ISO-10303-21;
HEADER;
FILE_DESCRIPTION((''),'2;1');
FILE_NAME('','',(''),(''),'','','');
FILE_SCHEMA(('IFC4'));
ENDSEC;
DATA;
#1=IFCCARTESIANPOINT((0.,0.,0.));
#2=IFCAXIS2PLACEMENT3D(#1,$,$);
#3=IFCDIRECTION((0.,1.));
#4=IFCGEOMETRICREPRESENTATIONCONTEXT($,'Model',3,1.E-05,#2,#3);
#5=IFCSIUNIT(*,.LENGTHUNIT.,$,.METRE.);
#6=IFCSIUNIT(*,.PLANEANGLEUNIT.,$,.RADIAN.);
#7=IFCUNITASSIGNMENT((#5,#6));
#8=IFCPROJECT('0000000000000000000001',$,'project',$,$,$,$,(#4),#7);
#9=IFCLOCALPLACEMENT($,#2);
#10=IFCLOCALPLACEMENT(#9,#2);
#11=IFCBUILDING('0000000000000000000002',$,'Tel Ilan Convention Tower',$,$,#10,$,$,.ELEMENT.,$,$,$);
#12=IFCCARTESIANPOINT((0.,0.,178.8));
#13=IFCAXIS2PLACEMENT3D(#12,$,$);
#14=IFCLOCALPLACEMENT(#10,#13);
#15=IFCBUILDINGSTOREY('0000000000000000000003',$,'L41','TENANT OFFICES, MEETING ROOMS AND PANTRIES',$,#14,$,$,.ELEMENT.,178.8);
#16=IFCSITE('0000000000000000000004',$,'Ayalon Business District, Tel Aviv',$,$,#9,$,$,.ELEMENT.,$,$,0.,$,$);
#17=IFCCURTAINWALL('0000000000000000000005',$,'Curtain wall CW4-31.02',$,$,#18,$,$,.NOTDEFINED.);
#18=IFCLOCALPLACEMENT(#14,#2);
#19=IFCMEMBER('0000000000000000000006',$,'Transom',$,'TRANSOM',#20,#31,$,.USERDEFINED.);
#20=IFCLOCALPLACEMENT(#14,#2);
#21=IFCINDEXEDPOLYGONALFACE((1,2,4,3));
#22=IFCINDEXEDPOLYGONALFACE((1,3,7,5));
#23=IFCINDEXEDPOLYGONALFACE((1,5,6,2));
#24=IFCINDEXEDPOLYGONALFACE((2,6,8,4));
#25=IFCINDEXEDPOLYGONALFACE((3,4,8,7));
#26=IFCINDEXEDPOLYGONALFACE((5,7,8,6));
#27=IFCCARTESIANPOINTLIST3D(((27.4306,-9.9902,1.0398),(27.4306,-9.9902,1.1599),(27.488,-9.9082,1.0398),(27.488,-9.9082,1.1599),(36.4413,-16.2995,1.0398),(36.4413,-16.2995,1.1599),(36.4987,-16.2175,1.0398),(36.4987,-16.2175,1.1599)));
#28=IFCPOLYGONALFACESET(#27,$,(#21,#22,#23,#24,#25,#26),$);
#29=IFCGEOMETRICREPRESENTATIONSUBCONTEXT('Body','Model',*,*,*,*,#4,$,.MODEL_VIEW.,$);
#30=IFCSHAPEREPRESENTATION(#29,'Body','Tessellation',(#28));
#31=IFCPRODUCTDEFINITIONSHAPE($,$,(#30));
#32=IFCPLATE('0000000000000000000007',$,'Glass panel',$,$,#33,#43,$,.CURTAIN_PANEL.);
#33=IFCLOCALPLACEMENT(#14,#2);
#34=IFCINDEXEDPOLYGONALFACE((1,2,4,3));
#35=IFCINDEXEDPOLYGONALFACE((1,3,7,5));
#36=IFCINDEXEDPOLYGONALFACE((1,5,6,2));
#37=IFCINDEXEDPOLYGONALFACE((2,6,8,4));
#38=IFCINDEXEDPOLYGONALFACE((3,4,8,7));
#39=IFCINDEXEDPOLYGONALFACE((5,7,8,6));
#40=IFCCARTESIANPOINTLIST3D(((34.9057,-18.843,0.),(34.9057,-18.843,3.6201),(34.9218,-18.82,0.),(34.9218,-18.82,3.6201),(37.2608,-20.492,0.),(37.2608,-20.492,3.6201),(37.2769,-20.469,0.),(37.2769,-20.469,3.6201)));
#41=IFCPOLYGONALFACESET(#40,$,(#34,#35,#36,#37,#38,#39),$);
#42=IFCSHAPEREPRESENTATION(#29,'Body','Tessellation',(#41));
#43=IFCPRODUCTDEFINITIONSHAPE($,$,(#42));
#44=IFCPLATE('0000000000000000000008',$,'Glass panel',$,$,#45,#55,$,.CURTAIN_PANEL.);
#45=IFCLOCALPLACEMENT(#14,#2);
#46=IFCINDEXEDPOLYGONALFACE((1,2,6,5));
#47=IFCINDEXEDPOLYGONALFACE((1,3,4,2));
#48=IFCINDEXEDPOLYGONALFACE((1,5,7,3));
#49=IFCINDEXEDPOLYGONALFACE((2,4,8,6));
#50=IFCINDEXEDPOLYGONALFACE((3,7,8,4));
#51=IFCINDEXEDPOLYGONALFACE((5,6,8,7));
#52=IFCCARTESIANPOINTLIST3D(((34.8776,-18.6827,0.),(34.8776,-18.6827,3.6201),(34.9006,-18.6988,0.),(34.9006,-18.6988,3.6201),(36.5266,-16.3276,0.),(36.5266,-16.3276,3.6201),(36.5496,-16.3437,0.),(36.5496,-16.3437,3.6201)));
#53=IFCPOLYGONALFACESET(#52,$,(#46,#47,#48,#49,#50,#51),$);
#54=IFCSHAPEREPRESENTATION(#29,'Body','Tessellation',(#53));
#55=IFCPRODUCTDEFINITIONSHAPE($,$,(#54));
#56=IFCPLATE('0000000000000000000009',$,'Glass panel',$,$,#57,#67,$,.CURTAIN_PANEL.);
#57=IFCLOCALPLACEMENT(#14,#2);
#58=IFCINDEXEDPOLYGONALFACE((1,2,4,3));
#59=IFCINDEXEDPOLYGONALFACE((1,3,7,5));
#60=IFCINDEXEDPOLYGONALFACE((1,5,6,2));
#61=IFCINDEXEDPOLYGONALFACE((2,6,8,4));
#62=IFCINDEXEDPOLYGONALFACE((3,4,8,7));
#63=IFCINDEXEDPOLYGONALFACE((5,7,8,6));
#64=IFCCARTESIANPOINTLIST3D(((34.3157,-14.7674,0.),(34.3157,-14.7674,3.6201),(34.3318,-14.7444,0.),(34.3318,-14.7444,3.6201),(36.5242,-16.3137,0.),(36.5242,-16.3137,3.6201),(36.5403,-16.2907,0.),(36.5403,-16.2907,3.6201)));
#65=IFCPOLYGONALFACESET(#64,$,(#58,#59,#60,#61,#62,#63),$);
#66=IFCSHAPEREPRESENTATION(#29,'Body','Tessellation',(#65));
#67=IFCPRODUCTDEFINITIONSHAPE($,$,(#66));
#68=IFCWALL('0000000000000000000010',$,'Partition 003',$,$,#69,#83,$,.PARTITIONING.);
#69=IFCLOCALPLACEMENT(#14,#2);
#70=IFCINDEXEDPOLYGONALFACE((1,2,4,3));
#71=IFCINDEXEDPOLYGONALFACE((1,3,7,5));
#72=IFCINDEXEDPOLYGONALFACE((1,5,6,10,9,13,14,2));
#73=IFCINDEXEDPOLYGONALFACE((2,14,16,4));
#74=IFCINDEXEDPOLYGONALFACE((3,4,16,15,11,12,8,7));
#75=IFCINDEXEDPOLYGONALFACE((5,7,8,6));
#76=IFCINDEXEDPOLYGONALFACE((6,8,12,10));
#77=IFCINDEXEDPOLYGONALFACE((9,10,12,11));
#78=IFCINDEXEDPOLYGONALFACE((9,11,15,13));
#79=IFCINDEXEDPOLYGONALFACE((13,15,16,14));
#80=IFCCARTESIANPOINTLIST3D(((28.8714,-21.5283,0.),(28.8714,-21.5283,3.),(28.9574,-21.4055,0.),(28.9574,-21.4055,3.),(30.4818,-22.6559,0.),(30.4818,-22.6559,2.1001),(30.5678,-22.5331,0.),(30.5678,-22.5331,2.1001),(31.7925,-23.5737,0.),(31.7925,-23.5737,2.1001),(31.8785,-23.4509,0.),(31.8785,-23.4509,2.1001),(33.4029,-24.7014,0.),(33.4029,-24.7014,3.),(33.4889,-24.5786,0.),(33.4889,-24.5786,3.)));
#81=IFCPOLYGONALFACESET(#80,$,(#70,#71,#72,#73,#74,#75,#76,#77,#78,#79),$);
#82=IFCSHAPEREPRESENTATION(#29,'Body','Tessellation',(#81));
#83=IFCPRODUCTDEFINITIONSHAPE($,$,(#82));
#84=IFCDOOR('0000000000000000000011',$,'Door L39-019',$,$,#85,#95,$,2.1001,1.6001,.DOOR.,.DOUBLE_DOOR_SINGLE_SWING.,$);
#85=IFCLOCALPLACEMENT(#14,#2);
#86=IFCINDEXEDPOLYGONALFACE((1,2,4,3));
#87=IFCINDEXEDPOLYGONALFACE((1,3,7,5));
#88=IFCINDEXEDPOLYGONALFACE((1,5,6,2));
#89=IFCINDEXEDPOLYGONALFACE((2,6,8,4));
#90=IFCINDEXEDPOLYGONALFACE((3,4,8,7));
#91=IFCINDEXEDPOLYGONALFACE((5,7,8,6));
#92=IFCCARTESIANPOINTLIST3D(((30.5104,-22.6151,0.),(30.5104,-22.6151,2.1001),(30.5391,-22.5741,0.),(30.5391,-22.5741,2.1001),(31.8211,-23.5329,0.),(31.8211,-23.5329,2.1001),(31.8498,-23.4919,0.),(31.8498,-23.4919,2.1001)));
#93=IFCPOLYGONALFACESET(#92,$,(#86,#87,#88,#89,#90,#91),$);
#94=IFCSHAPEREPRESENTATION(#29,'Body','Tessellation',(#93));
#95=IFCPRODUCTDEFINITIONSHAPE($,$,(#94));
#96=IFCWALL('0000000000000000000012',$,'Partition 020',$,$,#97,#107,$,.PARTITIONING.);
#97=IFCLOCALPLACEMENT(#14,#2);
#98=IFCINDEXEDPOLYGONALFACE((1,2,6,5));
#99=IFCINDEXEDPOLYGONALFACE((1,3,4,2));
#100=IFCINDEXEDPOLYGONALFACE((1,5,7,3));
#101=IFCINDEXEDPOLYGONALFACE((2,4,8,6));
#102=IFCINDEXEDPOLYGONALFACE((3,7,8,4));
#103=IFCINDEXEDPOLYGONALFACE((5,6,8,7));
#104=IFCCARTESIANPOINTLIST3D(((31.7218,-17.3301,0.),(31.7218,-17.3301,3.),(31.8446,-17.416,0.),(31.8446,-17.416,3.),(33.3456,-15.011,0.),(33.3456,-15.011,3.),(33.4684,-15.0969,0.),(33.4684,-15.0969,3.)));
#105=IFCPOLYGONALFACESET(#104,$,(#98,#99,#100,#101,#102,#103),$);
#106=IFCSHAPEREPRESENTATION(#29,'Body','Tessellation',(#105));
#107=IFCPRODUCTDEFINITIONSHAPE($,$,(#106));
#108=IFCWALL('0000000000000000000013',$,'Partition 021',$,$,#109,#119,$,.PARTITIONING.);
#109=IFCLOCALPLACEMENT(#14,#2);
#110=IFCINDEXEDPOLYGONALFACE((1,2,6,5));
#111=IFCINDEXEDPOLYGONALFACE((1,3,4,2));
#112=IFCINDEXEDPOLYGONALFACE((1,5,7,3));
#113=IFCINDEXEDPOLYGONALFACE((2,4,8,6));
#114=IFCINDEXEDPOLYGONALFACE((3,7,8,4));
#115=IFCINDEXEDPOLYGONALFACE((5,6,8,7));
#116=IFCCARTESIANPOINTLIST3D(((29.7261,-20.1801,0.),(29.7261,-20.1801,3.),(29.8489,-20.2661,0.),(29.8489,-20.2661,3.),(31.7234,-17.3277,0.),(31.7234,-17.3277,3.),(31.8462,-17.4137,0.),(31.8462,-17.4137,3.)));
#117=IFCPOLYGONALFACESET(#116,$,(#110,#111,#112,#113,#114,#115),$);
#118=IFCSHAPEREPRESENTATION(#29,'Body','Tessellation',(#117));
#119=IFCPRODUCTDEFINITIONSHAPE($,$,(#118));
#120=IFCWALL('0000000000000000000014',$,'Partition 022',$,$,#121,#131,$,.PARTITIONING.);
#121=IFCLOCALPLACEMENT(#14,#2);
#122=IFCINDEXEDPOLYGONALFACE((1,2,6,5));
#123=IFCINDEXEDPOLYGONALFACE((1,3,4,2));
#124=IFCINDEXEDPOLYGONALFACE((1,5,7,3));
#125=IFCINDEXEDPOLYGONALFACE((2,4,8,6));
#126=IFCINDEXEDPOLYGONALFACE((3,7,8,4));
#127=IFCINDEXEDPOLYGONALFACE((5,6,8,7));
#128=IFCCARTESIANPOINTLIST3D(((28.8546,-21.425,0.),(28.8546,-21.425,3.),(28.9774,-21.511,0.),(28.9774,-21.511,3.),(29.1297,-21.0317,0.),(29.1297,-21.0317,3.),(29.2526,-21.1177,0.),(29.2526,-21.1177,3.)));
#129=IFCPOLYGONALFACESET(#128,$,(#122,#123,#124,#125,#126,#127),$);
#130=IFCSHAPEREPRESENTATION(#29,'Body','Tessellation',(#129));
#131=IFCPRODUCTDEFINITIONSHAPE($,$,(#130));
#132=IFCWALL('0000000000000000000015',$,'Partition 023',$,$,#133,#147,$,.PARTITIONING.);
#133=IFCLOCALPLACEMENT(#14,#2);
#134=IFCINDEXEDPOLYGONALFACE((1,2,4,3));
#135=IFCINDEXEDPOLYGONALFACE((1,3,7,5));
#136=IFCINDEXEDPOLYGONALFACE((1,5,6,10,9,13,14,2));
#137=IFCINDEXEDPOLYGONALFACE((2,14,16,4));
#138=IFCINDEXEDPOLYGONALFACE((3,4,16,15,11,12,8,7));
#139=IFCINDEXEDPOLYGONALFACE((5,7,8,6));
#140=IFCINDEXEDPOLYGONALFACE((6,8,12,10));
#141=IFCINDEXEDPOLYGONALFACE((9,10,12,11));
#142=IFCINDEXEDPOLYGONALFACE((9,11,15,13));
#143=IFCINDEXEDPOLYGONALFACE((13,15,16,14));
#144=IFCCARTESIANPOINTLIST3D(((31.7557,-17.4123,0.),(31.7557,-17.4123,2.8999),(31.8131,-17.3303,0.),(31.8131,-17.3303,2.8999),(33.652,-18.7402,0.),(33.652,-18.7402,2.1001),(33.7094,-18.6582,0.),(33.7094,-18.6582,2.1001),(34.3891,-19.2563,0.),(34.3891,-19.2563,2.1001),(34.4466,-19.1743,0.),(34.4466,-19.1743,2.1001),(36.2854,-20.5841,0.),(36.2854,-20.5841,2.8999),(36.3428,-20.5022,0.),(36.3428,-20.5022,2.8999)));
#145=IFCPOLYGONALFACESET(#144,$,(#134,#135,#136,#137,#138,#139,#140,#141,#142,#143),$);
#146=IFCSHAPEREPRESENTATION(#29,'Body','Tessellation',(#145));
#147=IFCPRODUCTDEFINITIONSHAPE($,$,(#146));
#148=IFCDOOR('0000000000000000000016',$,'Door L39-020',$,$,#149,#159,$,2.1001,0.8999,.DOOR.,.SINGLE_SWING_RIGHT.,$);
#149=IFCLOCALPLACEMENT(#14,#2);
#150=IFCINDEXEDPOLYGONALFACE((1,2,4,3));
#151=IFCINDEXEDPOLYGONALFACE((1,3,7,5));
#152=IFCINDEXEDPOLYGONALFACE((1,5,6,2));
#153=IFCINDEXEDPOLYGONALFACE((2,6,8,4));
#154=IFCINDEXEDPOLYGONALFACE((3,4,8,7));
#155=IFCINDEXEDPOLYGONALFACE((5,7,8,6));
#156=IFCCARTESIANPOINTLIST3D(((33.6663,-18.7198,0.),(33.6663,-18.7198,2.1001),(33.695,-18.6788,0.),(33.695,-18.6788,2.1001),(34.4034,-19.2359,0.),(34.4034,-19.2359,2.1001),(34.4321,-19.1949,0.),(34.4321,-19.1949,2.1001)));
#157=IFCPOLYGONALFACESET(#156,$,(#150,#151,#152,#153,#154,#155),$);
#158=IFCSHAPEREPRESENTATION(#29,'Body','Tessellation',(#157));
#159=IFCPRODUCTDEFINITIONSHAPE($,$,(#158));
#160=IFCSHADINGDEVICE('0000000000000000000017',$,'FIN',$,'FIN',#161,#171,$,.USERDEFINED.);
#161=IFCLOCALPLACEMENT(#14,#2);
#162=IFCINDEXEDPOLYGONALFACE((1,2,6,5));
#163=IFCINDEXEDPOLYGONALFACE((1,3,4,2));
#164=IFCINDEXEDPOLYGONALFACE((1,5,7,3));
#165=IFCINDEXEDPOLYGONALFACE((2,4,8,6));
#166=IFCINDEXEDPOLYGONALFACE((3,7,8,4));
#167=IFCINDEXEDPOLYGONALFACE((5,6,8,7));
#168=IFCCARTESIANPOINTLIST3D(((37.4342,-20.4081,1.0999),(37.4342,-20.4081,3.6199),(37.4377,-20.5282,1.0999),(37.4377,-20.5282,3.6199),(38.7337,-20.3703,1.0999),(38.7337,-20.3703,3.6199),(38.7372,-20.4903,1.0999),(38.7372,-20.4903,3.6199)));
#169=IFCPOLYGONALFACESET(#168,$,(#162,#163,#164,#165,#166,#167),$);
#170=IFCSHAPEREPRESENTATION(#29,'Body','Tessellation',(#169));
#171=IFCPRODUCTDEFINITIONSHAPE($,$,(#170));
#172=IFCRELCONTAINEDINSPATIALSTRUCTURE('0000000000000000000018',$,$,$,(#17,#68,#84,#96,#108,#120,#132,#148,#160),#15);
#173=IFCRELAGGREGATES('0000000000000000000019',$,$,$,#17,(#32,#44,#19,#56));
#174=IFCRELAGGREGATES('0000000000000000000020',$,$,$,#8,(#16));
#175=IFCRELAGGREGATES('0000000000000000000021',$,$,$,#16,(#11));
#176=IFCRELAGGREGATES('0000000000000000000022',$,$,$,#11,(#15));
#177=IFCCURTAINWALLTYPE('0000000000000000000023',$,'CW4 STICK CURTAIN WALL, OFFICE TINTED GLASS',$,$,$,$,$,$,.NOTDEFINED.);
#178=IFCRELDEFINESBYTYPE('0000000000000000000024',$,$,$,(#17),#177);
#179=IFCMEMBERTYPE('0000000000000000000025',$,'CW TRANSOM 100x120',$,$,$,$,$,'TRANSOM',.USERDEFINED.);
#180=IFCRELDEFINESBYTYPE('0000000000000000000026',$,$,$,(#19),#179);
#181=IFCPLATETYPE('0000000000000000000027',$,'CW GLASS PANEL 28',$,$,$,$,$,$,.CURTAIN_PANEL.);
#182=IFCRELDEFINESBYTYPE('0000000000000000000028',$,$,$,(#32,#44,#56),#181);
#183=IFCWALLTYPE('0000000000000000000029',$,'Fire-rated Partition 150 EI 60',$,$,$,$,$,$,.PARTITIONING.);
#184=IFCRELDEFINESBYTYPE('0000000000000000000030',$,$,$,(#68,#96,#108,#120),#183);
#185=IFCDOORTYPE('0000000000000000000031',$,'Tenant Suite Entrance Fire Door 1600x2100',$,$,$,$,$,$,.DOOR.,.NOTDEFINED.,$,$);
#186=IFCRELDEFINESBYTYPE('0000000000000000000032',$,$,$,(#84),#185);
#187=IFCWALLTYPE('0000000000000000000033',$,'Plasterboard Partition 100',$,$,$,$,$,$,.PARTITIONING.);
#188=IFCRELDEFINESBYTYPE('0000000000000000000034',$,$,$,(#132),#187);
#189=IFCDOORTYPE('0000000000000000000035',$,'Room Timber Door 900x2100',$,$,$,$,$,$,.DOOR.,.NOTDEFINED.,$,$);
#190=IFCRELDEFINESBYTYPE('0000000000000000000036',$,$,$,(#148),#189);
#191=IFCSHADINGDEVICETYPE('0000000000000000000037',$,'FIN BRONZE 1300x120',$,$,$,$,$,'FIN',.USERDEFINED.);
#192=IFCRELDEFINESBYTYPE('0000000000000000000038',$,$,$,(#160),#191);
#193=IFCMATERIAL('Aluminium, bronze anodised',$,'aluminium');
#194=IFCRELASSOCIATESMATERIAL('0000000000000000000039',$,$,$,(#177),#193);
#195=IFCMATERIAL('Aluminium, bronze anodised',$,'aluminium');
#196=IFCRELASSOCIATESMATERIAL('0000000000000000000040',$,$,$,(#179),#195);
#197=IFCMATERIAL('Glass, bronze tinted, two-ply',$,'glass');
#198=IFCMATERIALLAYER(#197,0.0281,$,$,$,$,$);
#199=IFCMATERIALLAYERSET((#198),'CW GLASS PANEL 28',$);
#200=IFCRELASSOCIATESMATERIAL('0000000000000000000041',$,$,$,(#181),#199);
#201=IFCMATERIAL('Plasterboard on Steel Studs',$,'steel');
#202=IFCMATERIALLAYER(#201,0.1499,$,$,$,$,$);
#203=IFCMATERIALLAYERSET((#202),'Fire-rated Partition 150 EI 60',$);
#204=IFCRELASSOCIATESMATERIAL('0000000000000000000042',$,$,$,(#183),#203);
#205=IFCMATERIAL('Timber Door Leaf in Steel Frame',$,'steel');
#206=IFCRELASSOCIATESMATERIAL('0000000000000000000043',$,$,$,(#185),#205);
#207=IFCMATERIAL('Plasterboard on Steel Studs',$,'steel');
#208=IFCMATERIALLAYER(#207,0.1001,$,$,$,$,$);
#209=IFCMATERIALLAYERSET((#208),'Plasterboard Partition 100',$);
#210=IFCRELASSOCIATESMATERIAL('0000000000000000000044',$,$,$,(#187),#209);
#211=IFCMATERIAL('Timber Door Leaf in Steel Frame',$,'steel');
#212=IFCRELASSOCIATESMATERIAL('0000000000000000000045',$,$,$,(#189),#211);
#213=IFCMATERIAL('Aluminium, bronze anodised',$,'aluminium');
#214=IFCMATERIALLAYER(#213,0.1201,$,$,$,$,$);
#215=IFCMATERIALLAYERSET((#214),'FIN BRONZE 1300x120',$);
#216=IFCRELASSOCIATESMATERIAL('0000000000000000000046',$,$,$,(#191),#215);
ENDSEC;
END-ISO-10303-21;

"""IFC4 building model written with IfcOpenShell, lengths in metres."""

from ifc_helpers import new_model, si_unit, direction, frame, frame_2d, origin, origin_2d, place, context, subcontext, project, spatial, rectangle, extrude, material, layer, layer_set, material_profile, profile_set, type_object, element, fill, aggregate, save


model = new_model("IFC4")

# Units and contexts
model_context = context("Model", 3, precision=1e-05, world=origin(), true_north=direction((0.0, 1.0)))
body_context = subcontext(model_context, "Body", "Model", "MODEL_VIEW")
ifc_project = project(units=[si_unit("LENGTHUNIT", "METRE"), si_unit("PLANEANGLEUNIT", "RADIAN")], contexts=[model_context])

# Site, building, storey
site_placement = place(None, origin())
site = spatial("IfcSite", under=ifc_project, at=site_placement, Name="Ayalon Business District, Tel Aviv", CompositionType="ELEMENT", RefElevation=0.0)
building_placement = place(site_placement, origin())
building = spatial("IfcBuilding", under=site, at=building_placement, Name="Tel Ilan Convention Tower", CompositionType="ELEMENT")
storey_placement = place(building_placement, frame((0.0, 0.0, 178.8)))
storey = spatial("IfcBuildingStorey", under=building, at=storey_placement, Name="L41", Description="TENANT OFFICES, MEETING ROOMS AND PANTRIES", CompositionType="ELEMENT", Elevation=178.8)

# Curtain wall, member, plates
ifc_material_1 = material(Name="Aluminium, bronze anodised", Category="aluminium")
curtain_wall_type = type_object("IfcCurtainWallType", Name="CW4 STICK CURTAIN WALL, OFFICE TINTED GLASS", PredefinedType="NOTDEFINED", material=ifc_material_1)
curtain_wall_placement = place(storey_placement, origin())
curtain_wall = element("IfcCurtainWall", 1, at=curtain_wall_placement, inside=storey, type_object=curtain_wall_type, Name="Curtain wall CW4-31.02", PredefinedType="NOTDEFINED")
ifc_material_2 = material(Name="Aluminium, bronze anodised", Category="aluminium")
ifc_material_profile_1 = material_profile(ifc_material_2, rectangle(XDim=0.1001, YDim=0.1201, at=origin_2d()), Name="CW TRANSOM 100x120")
ifc_profile_set_1 = profile_set([ifc_material_profile_1], Name="Aluminium, bronze anodised")
member_type_1 = type_object("IfcMemberType", Name="CW TRANSOM 100x120", ElementType="TRANSOM", PredefinedType="USERDEFINED", material=ifc_profile_set_1)
member_1_placement = place(storey_placement, frame((36.47, -16.2585, 1.0999), z_axis=(-0.819155, 0.573573, 0.0), x_axis=(-0.573573, -0.819155, 0.0)))
member_1 = element("IfcMember", 2, at=member_1_placement, type_object=member_type_1, Name="Transom", ObjectType="TRANSOM", PredefinedType="USERDEFINED", context=body_context, shape_type="SweptSolid", body=[
    extrude(rectangle(XDim=0.1001, YDim=0.1201, at=origin_2d()), origin(), (0.0, 0.0, 1.0), 11.0),
])
ifc_material_3 = material(Name="Glass, bronze tinted, two-ply", Category="glass")
ifc_layer_1 = layer(ifc_material_3, 0.0281)
ifc_layer_set_1 = layer_set([ifc_layer_1], Name="CW GLASS PANEL 28")
plate_type = type_object("IfcPlateType", Name="CW GLASS PANEL 28", PredefinedType="CURTAIN_PANEL", material=ifc_layer_set_1)
plate_1_placement = place(storey_placement, frame((36.0913, -19.656, 0.0), z_axis=(0.0, 0.0, 1.0), x_axis=(-0.819152, 0.573576, 0.0)))
plate_1 = element("IfcPlate", 3, at=plate_1_placement, type_object=plate_type, Name="Glass panel", PredefinedType="CURTAIN_PANEL", context=body_context, shape_type="SweptSolid", body=[
    extrude(rectangle(XDim=2.875, YDim=0.0281, at=origin_2d()), origin(), (0.0, 0.0, 1.0), 3.6201),
])
plate_2_placement = place(storey_placement, frame((35.7136, -17.5132, 0.0), z_axis=(0.0, 0.0, 1.0), x_axis=(0.573576, 0.819152, 0.0)))
plate_2 = element("IfcPlate", 4, at=plate_2_placement, type_object=plate_type, Name="Glass panel", PredefinedType="CURTAIN_PANEL", context=body_context, shape_type="SweptSolid", body=[
    extrude(rectangle(XDim=2.875, YDim=0.0281, at=origin_2d()), origin(), (0.0, 0.0, 1.0), 3.6201),
])
plate_3_placement = place(storey_placement, frame((35.428, -15.5291, 0.0), z_axis=(0.0, 0.0, 1.0), x_axis=(-0.819152, 0.573576, 0.0)))
plate_3 = element("IfcPlate", 5, at=plate_3_placement, type_object=plate_type, Name="Glass panel", PredefinedType="CURTAIN_PANEL", context=body_context, shape_type="SweptSolid", body=[
    extrude(rectangle(XDim=2.696, YDim=0.0281, at=origin_2d()), origin(), (0.0, 0.0, 1.0), 3.6201),
])
aggregate(curtain_wall, [plate_1, plate_2, member_1, plate_3])

# Wall, opening, door
ifc_material_4 = material(Name="Plasterboard on Steel Studs", Category="steel")
ifc_layer_2 = layer(ifc_material_4, 0.1499)
ifc_layer_set_2 = layer_set([ifc_layer_2], Name="Fire-rated Partition 150 EI 60")
wall_type_1 = type_object("IfcWallType", Name="Fire-rated Partition 150 EI 60", PredefinedType="PARTITIONING", material=ifc_layer_set_2)
wall_1_placement = place(storey_placement, frame((28.9143, -21.4668, 0.0), z_axis=(0.0, 0.0, 1.0), x_axis=(0.819143, -0.57359, 0.0)))
wall_1 = element("IfcWall", 6, at=wall_1_placement, inside=storey, type_object=wall_type_1, Name="Partition 003", PredefinedType="PARTITIONING", context=body_context, shape_type="SweptSolid", body=[
    extrude(rectangle(XDim=5.532, YDim=0.1499, at=frame_2d((2.7661, 0.0))), origin(), (0.0, 0.0, 1.0), 3.0),
])
opening_1_placement = place(wall_1_placement, frame((1.9661, 0.0, 0.0)))
opening_1 = element("IfcOpeningElement", 7, at=opening_1_placement, cuts=wall_1, PredefinedType="OPENING", context=body_context, shape_type="SweptSolid", body=[
    extrude(rectangle(XDim=1.6001, YDim=2.1001, at=frame_2d((0.8, 1.05))), frame((0.0, 0.085, 0.0), z_axis=(0.0, -1.0, 0.0), x_axis=(1.0, 0.0, 0.0)), (0.0, 0.0, 1.0), 0.1699),
])
ifc_material_5 = material(Name="Timber Door Leaf in Steel Frame", Category="steel")
door_type_1 = type_object("IfcDoorType", Name="Tenant Suite Entrance Fire Door 1600x2100", OperationType="NOTDEFINED", PredefinedType="DOOR", material=ifc_material_5)
door_1_placement = place(opening_1_placement, origin())
door_1 = element("IfcDoor", 8, at=door_1_placement, inside=storey, type_object=door_type_1, Name="Door L39-019", OperationType="DOUBLE_DOOR_SINGLE_SWING", OverallHeight=2.1001, OverallWidth=1.6001, PredefinedType="DOOR", context=body_context, shape_type="SweptSolid", body=[
    extrude(rectangle(XDim=1.6001, YDim=2.1001, at=frame_2d((0.8, 1.05))), frame((0.0, 0.0249, 0.0), z_axis=(0.0, -1.0, 0.0), x_axis=(1.0, 0.0, 0.0)), (0.0, 0.0, 1.0), 0.05),
])
fill(opening_1, door_1)

# Walls
wall_2_placement = place(storey_placement, frame((33.407, -15.054, 0.0), z_axis=(0.0, 0.0, 1.0), x_axis=(-0.573561, -0.819163, 0.0)))
element("IfcWall", 9, at=wall_2_placement, inside=storey, type_object=wall_type_1, Name="Partition 020", PredefinedType="PARTITIONING", context=body_context, shape_type="SweptSolid", body=[
    extrude(rectangle(XDim=2.8311, YDim=0.1499, at=frame_2d((1.4155, 0.0))), origin(), (0.0, 0.0, 1.0), 3.0),
])
wall_3_placement = place(storey_placement, frame((31.7849, -17.3706, 0.0), z_axis=(0.0, 0.0, 1.0), x_axis=(-0.573599, -0.819136, 0.0)))
element("IfcWall", 10, at=wall_3_placement, inside=storey, type_object=wall_type_1, Name="Partition 021", PredefinedType="PARTITIONING", context=body_context, shape_type="SweptSolid", body=[
    extrude(rectangle(XDim=3.4822, YDim=0.1499, at=frame_2d((1.7412, 0.0))), origin(), (0.0, 0.0, 1.0), 3.0),
])
wall_4_placement = place(storey_placement, frame((29.1912, -21.0747, 0.0), z_axis=(0.0, 0.0, 1.0), x_axis=(-0.573223, -0.819399, 0.0)))
element("IfcWall", 11, at=wall_4_placement, inside=storey, type_object=wall_type_1, Name="Partition 022", PredefinedType="PARTITIONING", context=body_context, shape_type="SweptSolid", body=[
    extrude(rectangle(XDim=0.48, YDim=0.1499, at=frame_2d((0.24, 0.0))), origin(), (0.0, 0.0, 1.0), 3.0),
])

# Wall, opening, door
ifc_material_6 = material(Name="Plasterboard on Steel Studs", Category="steel")
ifc_layer_3 = layer(ifc_material_6, 0.1001)
ifc_layer_set_3 = layer_set([ifc_layer_3], Name="Plasterboard Partition 100")
wall_type_2 = type_object("IfcWallType", Name="Plasterboard Partition 100", PredefinedType="PARTITIONING", material=ifc_layer_set_3)
wall_5_placement = place(storey_placement, frame((31.7844, -17.3713, 0.0), z_axis=(0.0, 0.0, 1.0), x_axis=(0.819145, -0.573587, 0.0)))
wall_5 = element("IfcWall", 12, at=wall_5_placement, inside=storey, type_object=wall_type_2, Name="Partition 023", PredefinedType="PARTITIONING", context=body_context, shape_type="SweptSolid", body=[
    extrude(rectangle(XDim=5.5298, YDim=0.1001, at=frame_2d((2.7649, 0.0))), origin(), (0.0, 0.0, 1.0), 2.8999),
])
opening_2_placement = place(wall_5_placement, frame((2.3149, 0.0, 0.0)))
opening_2 = element("IfcOpeningElement", 13, at=opening_2_placement, cuts=wall_5, PredefinedType="OPENING", context=body_context, shape_type="SweptSolid", body=[
    extrude(rectangle(XDim=0.8999, YDim=2.1001, at=frame_2d((0.45, 1.05))), frame((0.0, 0.0601, 0.0), z_axis=(0.0, -1.0, 0.0), x_axis=(1.0, 0.0, 0.0)), (0.0, 0.0, 1.0), 0.1201),
])
ifc_material_7 = material(Name="Timber Door Leaf in Steel Frame", Category="steel")
door_type_2 = type_object("IfcDoorType", Name="Room Timber Door 900x2100", OperationType="NOTDEFINED", PredefinedType="DOOR", material=ifc_material_7)
door_2_placement = place(opening_2_placement, origin())
door_2 = element("IfcDoor", 14, at=door_2_placement, inside=storey, type_object=door_type_2, Name="Door L39-020", OperationType="SINGLE_SWING_RIGHT", OverallHeight=2.1001, OverallWidth=0.8999, PredefinedType="DOOR", context=body_context, shape_type="SweptSolid", body=[
    extrude(rectangle(XDim=0.8999, YDim=2.1001, at=frame_2d((0.45, 1.05))), frame((0.0, 0.0249, 0.0), z_axis=(0.0, -1.0, 0.0), x_axis=(1.0, 0.0, 0.0)), (0.0, 0.0, 1.0), 0.05),
])
fill(opening_2, door_2)

# Shading device
ifc_material_8 = material(Name="Aluminium, bronze anodised", Category="aluminium")
ifc_layer_4 = layer(ifc_material_8, 0.1201)
ifc_layer_set_4 = layer_set([ifc_layer_4], Name="FIN BRONZE 1300x120")
shading_device_type = type_object("IfcShadingDeviceType", Name="FIN BRONZE 1300x120", ElementType="FIN", PredefinedType="USERDEFINED", material=ifc_layer_set_4)
for number, where, z_axis, x_axis, name in (
    (15, (38.0857, -20.4492, 1.0999), (0.0, 0.0, 1.0), (0.999577, 0.029085, 0.0), "FIN"),
):
    element("IfcShadingDevice", number, at=place(storey_placement, frame(where, z_axis=z_axis, x_axis=x_axis)), inside=storey, type_object=shading_device_type, Name=name, ObjectType="FIN", PredefinedType="USERDEFINED", context=body_context, shape_type="SweptSolid", body=[
        extrude(rectangle(XDim=1.3, YDim=0.1201, at=origin_2d()), origin(), (0.0, 0.0, 1.0), 2.52),
    ])

save(model, "model.ifc")
